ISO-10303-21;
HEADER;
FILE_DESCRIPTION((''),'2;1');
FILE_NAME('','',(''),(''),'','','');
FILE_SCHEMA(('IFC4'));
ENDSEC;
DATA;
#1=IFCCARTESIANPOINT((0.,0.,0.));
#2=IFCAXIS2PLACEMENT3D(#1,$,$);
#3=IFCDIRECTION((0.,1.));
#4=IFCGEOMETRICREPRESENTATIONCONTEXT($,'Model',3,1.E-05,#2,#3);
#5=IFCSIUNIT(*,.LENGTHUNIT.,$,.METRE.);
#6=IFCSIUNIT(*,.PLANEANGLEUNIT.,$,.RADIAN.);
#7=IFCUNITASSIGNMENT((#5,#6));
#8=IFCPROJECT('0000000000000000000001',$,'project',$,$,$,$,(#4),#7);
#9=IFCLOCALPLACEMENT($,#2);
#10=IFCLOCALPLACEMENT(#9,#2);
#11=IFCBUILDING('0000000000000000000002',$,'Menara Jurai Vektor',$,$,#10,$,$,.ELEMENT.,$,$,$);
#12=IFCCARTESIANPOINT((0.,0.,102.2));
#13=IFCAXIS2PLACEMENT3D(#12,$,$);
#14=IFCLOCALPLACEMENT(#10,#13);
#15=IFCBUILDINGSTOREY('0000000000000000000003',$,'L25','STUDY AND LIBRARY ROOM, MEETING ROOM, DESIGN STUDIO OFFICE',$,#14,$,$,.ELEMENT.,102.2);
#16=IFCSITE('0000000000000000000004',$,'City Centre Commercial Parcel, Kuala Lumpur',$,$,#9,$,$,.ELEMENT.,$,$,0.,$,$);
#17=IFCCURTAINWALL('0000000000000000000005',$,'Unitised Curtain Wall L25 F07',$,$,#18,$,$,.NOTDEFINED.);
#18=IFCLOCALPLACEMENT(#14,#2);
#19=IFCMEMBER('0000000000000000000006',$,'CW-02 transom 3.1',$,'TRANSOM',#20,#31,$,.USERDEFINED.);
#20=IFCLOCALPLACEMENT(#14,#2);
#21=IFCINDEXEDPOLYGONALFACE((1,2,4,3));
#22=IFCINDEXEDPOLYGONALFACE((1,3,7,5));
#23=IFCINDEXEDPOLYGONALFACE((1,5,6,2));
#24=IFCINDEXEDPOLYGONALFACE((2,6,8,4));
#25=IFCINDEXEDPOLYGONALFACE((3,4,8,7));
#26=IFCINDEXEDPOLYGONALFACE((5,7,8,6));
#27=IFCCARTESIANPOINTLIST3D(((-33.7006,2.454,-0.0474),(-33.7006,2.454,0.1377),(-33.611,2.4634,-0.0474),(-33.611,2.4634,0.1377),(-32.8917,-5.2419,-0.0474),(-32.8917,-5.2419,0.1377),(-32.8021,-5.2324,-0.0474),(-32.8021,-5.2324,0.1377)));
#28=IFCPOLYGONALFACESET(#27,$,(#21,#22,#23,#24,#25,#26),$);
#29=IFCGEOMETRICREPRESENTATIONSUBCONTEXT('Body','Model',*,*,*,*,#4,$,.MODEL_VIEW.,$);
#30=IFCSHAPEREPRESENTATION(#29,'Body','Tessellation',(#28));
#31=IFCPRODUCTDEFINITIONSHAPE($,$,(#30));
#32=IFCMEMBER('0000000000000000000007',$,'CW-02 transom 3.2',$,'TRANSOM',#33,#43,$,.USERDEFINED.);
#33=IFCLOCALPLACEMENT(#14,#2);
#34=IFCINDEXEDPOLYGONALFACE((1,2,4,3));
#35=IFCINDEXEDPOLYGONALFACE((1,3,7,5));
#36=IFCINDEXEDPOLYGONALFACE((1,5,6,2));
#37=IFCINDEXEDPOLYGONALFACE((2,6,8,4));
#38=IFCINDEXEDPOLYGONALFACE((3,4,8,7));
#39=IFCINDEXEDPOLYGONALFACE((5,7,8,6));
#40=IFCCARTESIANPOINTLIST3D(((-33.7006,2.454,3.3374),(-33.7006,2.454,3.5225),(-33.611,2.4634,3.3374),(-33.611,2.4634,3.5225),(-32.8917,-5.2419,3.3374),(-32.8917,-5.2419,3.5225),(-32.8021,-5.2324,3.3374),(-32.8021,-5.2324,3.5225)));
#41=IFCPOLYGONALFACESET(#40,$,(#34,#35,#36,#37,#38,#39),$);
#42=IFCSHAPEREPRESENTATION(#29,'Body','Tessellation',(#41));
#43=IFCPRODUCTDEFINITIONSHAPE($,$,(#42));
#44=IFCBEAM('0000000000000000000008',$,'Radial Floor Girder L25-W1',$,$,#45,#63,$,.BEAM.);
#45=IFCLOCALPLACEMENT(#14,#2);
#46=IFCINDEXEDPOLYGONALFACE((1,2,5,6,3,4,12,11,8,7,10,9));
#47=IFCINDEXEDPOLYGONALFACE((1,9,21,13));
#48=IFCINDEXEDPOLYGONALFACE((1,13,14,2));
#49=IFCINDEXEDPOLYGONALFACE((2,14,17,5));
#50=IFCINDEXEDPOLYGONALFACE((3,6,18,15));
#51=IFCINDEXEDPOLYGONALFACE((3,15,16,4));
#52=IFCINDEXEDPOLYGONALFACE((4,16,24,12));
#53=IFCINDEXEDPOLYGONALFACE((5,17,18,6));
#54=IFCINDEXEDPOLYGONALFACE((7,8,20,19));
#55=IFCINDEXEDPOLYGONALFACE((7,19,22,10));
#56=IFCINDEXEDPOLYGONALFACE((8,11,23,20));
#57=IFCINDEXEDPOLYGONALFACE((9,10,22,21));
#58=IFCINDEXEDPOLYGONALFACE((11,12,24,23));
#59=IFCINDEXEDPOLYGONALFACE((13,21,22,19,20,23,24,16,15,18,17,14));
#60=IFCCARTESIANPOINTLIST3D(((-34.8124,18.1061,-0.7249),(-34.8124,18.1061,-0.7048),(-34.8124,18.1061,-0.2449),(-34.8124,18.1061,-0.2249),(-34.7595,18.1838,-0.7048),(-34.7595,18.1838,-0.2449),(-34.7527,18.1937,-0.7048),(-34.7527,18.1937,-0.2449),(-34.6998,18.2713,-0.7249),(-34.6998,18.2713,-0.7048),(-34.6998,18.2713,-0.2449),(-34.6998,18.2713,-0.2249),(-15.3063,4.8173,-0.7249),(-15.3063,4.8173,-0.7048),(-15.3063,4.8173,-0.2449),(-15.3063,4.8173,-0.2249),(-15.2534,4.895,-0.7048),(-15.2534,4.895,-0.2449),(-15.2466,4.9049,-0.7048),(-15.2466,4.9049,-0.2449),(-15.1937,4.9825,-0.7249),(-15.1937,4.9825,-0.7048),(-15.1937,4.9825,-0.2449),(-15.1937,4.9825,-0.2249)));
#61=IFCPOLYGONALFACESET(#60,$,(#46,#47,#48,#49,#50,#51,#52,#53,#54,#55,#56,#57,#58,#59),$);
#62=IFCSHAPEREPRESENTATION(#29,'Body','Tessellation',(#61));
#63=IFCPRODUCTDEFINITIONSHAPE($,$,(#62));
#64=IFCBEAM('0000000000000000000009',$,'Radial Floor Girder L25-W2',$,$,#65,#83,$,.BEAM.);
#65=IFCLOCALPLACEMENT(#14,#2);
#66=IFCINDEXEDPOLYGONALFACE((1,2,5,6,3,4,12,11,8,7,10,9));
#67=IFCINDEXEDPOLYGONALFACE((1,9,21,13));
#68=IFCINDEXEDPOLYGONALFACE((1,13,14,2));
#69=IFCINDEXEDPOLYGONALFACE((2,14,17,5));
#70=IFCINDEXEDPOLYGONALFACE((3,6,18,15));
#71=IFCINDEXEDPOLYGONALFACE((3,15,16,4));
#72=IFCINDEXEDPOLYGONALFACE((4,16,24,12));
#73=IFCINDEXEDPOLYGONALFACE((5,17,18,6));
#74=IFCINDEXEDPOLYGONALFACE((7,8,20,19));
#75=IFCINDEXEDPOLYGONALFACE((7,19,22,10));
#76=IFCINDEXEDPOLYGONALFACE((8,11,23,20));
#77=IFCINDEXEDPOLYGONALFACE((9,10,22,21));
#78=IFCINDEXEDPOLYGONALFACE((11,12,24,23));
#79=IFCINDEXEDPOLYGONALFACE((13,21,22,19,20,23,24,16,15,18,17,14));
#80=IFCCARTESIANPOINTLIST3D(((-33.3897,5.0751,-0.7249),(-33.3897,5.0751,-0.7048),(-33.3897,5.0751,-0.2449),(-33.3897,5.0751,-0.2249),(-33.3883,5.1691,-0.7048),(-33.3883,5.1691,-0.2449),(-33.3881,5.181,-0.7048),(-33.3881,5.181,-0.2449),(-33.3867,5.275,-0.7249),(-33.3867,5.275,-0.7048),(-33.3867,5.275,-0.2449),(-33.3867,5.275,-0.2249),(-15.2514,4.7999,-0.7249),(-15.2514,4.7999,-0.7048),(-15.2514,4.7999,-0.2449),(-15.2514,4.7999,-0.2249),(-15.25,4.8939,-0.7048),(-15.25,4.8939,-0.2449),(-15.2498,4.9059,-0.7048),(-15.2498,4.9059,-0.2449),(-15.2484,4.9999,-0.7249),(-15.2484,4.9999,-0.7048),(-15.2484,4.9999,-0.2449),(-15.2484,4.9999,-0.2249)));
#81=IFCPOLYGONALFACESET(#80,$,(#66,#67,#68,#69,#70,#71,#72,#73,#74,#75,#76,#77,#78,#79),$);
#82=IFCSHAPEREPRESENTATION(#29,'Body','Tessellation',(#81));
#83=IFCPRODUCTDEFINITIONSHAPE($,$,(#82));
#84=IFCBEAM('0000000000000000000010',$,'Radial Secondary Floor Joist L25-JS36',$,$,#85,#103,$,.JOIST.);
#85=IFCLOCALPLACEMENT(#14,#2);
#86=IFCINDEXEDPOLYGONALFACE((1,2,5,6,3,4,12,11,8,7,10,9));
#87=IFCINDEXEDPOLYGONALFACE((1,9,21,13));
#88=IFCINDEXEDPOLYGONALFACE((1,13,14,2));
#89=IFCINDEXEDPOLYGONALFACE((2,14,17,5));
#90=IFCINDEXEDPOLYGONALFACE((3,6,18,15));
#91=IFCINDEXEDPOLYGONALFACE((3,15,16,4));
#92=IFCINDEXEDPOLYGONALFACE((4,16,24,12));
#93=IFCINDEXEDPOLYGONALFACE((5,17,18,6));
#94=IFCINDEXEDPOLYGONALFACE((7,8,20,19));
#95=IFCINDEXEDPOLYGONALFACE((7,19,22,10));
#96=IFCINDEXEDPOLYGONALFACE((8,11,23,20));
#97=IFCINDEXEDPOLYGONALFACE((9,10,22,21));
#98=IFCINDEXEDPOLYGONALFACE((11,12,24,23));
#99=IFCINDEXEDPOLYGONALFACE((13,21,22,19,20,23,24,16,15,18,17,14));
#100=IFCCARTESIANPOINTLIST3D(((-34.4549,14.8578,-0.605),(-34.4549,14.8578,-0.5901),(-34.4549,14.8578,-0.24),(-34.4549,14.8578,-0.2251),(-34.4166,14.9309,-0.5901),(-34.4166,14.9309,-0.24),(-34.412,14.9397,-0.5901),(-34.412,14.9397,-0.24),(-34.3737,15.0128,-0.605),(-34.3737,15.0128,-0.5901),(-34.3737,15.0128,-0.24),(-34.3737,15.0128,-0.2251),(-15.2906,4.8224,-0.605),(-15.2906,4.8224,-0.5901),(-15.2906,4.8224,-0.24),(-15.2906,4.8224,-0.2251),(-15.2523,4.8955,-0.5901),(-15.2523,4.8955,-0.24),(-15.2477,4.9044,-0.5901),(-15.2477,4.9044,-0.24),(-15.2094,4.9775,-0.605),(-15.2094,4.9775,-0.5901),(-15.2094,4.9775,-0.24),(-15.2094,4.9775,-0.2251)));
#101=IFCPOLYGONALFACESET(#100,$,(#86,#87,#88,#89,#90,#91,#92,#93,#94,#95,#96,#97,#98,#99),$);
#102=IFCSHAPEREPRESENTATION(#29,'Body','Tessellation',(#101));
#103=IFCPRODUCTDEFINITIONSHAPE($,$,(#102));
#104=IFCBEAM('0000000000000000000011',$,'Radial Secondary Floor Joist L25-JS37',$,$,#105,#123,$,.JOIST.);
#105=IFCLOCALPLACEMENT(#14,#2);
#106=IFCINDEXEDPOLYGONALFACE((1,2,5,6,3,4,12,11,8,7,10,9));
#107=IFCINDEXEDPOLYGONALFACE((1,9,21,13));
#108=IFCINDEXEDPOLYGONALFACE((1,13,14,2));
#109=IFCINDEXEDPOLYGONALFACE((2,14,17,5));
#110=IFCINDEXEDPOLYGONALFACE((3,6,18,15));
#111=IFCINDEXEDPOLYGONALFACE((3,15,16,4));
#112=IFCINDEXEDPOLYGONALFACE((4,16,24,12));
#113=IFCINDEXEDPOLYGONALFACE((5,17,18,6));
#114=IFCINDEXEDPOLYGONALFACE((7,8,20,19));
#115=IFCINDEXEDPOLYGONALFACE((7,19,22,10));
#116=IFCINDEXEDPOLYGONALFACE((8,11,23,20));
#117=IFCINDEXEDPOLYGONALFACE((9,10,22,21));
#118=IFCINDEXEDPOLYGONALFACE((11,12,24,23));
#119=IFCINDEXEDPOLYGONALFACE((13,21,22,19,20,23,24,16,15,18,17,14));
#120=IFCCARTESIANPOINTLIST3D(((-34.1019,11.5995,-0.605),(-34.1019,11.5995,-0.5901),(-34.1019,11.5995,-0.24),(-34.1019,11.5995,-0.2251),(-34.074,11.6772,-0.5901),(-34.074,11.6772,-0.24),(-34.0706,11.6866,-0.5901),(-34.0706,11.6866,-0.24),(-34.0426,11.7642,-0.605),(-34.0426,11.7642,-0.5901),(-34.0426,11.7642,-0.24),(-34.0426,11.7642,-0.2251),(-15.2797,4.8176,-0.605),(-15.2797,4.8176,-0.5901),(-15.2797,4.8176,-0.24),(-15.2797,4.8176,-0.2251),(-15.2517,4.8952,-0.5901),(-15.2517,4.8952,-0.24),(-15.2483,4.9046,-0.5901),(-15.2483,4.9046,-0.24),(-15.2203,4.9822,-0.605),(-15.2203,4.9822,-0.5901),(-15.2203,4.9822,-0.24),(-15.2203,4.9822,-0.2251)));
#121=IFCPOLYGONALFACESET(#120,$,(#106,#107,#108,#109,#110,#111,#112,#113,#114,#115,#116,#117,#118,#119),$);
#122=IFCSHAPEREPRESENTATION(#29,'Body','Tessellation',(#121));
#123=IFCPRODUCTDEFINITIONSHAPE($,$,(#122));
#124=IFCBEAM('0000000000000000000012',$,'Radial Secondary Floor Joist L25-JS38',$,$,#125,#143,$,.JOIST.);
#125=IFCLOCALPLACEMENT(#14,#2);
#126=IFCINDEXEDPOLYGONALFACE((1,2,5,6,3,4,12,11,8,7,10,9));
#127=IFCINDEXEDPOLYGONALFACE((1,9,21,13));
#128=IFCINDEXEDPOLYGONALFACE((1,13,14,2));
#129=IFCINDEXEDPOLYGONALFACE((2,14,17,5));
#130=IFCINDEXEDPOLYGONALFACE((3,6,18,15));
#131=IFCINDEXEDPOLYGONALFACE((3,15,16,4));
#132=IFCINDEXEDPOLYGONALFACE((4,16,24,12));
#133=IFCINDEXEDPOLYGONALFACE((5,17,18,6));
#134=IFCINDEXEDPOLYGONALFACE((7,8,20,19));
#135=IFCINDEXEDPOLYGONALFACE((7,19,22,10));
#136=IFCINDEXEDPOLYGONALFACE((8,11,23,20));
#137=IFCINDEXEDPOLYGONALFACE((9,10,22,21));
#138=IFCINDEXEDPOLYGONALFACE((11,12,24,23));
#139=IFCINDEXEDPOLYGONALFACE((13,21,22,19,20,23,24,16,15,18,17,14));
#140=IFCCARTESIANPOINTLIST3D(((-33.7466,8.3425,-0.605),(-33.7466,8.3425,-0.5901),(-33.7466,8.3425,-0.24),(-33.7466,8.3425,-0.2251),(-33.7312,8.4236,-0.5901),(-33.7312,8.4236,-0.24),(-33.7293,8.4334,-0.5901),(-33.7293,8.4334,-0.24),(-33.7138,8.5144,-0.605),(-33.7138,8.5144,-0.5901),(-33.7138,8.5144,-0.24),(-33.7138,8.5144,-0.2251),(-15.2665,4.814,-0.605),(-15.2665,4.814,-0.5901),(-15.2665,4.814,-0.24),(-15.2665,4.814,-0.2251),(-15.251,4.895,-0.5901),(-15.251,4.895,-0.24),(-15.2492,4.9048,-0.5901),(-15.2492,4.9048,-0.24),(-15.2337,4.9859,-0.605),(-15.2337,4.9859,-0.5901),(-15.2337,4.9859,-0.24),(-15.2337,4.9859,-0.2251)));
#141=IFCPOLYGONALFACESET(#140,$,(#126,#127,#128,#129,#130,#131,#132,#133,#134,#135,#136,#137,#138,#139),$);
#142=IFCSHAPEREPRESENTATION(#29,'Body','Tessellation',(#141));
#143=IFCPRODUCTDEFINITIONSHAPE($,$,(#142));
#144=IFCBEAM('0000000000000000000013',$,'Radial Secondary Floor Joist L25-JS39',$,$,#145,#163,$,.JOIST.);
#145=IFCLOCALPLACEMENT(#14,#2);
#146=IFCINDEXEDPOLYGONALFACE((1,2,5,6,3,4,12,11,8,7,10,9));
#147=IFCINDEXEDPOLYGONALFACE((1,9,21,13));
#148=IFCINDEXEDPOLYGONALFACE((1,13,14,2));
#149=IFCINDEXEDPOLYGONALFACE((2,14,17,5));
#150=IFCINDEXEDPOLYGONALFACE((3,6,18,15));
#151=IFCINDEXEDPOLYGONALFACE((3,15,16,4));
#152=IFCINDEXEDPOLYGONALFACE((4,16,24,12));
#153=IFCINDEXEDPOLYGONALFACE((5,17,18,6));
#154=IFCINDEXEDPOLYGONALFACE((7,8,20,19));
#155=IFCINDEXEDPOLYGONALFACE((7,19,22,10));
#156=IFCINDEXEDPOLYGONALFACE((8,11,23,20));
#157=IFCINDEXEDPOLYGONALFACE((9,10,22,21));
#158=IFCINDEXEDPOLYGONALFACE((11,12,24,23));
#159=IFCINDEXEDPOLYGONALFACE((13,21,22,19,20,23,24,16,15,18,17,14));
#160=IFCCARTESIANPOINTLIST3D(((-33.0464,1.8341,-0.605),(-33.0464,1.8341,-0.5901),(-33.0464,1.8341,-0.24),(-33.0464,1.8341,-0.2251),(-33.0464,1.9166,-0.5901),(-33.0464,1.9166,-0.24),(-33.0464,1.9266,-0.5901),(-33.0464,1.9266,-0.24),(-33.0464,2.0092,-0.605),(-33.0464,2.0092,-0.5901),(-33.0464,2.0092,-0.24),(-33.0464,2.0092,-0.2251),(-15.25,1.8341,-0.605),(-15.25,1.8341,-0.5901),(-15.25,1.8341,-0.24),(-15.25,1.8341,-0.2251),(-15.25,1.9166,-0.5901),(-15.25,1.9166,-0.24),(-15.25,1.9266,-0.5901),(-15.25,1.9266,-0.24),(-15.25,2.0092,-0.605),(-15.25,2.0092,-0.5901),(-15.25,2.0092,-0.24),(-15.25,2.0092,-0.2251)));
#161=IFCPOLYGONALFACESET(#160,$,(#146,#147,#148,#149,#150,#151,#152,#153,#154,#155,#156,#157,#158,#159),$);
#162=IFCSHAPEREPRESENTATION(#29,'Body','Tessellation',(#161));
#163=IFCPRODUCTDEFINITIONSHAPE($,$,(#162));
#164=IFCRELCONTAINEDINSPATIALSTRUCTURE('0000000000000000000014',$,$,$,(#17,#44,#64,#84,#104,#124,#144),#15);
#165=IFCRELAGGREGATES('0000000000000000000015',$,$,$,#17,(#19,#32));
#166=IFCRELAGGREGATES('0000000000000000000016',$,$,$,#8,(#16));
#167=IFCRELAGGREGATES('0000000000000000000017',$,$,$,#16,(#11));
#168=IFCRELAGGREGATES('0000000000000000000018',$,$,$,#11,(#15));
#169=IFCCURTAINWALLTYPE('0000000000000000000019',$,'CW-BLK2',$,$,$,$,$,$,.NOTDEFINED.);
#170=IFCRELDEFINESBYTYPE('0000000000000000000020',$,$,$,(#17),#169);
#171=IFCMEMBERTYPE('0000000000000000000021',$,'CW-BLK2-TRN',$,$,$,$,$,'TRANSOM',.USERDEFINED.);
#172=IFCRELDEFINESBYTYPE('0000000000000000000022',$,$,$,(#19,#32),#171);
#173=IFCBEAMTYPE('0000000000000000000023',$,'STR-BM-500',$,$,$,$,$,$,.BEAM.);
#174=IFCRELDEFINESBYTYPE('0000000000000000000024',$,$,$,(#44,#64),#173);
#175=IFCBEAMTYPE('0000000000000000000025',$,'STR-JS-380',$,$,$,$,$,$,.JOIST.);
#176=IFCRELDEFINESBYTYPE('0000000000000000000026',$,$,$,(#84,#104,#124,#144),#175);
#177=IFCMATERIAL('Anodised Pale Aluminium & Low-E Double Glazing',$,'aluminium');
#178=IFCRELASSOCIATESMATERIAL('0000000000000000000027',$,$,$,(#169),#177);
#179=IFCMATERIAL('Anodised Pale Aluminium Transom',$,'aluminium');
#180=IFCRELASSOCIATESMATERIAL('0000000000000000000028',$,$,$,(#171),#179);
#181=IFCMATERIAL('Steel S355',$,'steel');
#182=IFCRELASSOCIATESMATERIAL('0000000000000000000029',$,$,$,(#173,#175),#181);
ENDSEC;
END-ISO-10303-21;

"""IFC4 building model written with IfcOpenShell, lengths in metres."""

from ifc_helpers import new_model, si_unit, direction, frame, origin, origin_2d, place, context, subcontext, project, spatial, rectangle, i_section, extrude, material, material_profile, profile_set, type_object, element, aggregate, save


model = new_model("IFC4")

# Units and contexts
model_context = context("Model", 3, precision=1e-05, world=origin(), true_north=direction((0.0, 1.0)))
body_context = subcontext(model_context, "Body", "Model", "MODEL_VIEW")
ifc_project = project(units=[si_unit("LENGTHUNIT", "METRE"), si_unit("PLANEANGLEUNIT", "RADIAN")], contexts=[model_context])

# Site, building, storey
site_placement = place(None, origin())
site = spatial("IfcSite", under=ifc_project, at=site_placement, Name="City Centre Commercial Parcel, Kuala Lumpur", CompositionType="ELEMENT", RefElevation=0.0)
building_placement = place(site_placement, origin())
building = spatial("IfcBuilding", under=site, at=building_placement, Name="Menara Jurai Vektor", CompositionType="ELEMENT")
storey_placement = place(building_placement, frame((0.0, 0.0, 102.2)))
storey = spatial("IfcBuildingStorey", under=building, at=storey_placement, Name="L25", Description="STUDY AND LIBRARY ROOM, MEETING ROOM, DESIGN STUDIO OFFICE", CompositionType="ELEMENT", Elevation=102.2)

# Curtain wall, members
ifc_material_1 = material(Name="Anodised Pale Aluminium & Low-E Double Glazing", Category="aluminium")
curtain_wall_type = type_object("IfcCurtainWallType", Name="CW-BLK2", PredefinedType="NOTDEFINED", material=ifc_material_1)
curtain_wall_placement = place(storey_placement, origin())
curtain_wall = element("IfcCurtainWall", 1, at=curtain_wall_placement, inside=storey, type_object=curtain_wall_type, Name="Unitised Curtain Wall L25 F07", PredefinedType="NOTDEFINED")
ifc_material_2 = material(Name="Anodised Pale Aluminium Transom", Category="aluminium")
ifc_material_profile_1 = material_profile(ifc_material_2, rectangle(XDim=0.0901, YDim=0.1851, at=origin_2d()), Name="ALU TRN 90x185")
ifc_profile_set_1 = profile_set([ifc_material_profile_1], Name="Anodised Pale Aluminium Transom")
member_type_1 = type_object("IfcMemberType", Name="CW-BLK2-TRN", ElementType="TRANSOM", PredefinedType="USERDEFINED", material=ifc_profile_set_1)
member_1_placement = place(storey_placement, frame((-33.6558, 2.4587, 0.0452), z_axis=(0.104525, -0.994522, 0.0), x_axis=(0.994522, 0.104525, 0.0)))
member_1 = element("IfcMember", 2, at=member_1_placement, type_object=member_type_1, Name="CW-02 transom 3.1", ObjectType="TRANSOM", PredefinedType="USERDEFINED", context=body_context, shape_type="SweptSolid", body=[
    extrude(rectangle(XDim=0.0901, YDim=0.1851, at=origin_2d()), origin(), (0.0, 0.0, 1.0), 7.7383),
])
member_2_placement = place(storey_placement, frame((-33.6558, 2.4587, 3.4299), z_axis=(0.104525, -0.994522, 0.0), x_axis=(0.994522, 0.104525, 0.0)))
member_2 = element("IfcMember", 3, at=member_2_placement, type_object=member_type_1, Name="CW-02 transom 3.2", ObjectType="TRANSOM", PredefinedType="USERDEFINED", context=body_context, shape_type="SweptSolid", body=[
    extrude(rectangle(XDim=0.0901, YDim=0.1851, at=origin_2d()), origin(), (0.0, 0.0, 1.0), 7.7383),
])

# Beams
ifc_material_3 = material(Name="Steel S355", Category="steel")
ifc_material_profile_2 = material_profile(ifc_material_3, i_section(OverallWidth=0.2, OverallDepth=0.5, WebThickness=0.012, FlangeThickness=0.02, at=origin_2d()), Name="PG 500x200x96")
ifc_profile_set_2 = profile_set([ifc_material_profile_2], Name="Steel S355")
beam_type_1 = type_object("IfcBeamType", Name="STR-BM-500", PredefinedType="BEAM", material=ifc_profile_set_2)
beam_1_placement = place(storey_placement, frame((-34.7561, 18.1887, -0.4749), z_axis=(0.82644, -0.563024, 0.0), x_axis=(0.563024, 0.82644, 0.0)))
element("IfcBeam", 4, at=beam_1_placement, inside=storey, type_object=beam_type_1, Name="Radial Floor Girder L25-W1", PredefinedType="BEAM", context=body_context, shape_type="SweptSolid", body=[
    extrude(i_section(OverallWidth=0.2, OverallDepth=0.5, WebThickness=0.012, FlangeThickness=0.02, at=origin_2d()), origin(), (0.0, 0.0, 1.0), 23.6025),
])
beam_2_placement = place(storey_placement, frame((-33.3882, 5.175, -0.4749), z_axis=(0.999885, -0.015168, 0.0), x_axis=(0.015168, 0.999885, 0.0)))
element("IfcBeam", 5, at=beam_2_placement, inside=storey, type_object=beam_type_1, Name="Radial Floor Girder L25-W2", PredefinedType="BEAM", context=body_context, shape_type="SweptSolid", body=[
    extrude(i_section(OverallWidth=0.2, OverallDepth=0.5, WebThickness=0.012, FlangeThickness=0.02, at=origin_2d()), origin(), (0.0, 0.0, 1.0), 18.1404),
])
ifc_material_profile_3 = material_profile(ifc_material_3, i_section(OverallWidth=0.175, OverallDepth=0.3799, WebThickness=0.01, FlangeThickness=0.0149, at=origin_2d()), Name="PG 380x175x58")
ifc_profile_set_3 = profile_set([ifc_material_profile_3], Name="Steel S355")
beam_type_2 = type_object("IfcBeamType", Name="STR-JS-380", PredefinedType="JOIST", material=ifc_profile_set_3)
beam_3_placement = place(storey_placement, frame((-34.4143, 14.9353, -0.415), z_axis=(0.885889, -0.463897, 0.0), x_axis=(0.463897, 0.885889, 0.0)))
element("IfcBeam", 6, at=beam_3_placement, inside=storey, type_object=beam_type_2, Name="Radial Secondary Floor Joist L25-JS36", PredefinedType="JOIST", context=body_context, shape_type="SweptSolid", body=[
    extrude(i_section(OverallWidth=0.175, OverallDepth=0.3799, WebThickness=0.01, FlangeThickness=0.0149, at=origin_2d()), origin(), (0.0, 0.0, 1.0), 21.6328),
])
beam_4_placement = place(storey_placement, frame((-34.0723, 11.6819, -0.415), z_axis=(0.940792, -0.338983, 0.0), x_axis=(0.338983, 0.940792, 0.0)))
element("IfcBeam", 7, at=beam_4_placement, inside=storey, type_object=beam_type_2, Name="Radial Secondary Floor Joist L25-JS37", PredefinedType="JOIST", context=body_context, shape_type="SweptSolid", body=[
    extrude(i_section(OverallWidth=0.175, OverallDepth=0.3799, WebThickness=0.01, FlangeThickness=0.0149, at=origin_2d()), origin(), (0.0, 0.0, 1.0), 20.0068),
])
beam_5_placement = place(storey_placement, frame((-33.7302, 8.4285, -0.415), z_axis=(0.982255, -0.187549, 0.0), x_axis=(0.187549, 0.982255, 0.0)))
element("IfcBeam", 8, at=beam_5_placement, inside=storey, type_object=beam_type_2, Name="Radial Secondary Floor Joist L25-JS38", PredefinedType="JOIST", context=body_context, shape_type="SweptSolid", body=[
    extrude(i_section(OverallWidth=0.175, OverallDepth=0.3799, WebThickness=0.01, FlangeThickness=0.0149, at=origin_2d()), origin(), (0.0, 0.0, 1.0), 18.814),
])
beam_6_placement = place(storey_placement, frame((-33.0464, 1.9216, -0.415), z_axis=(1.0, 0.0, 0.0), x_axis=(0.0, 1.0, 0.0)))
element("IfcBeam", 9, at=beam_6_placement, inside=storey, type_object=beam_type_2, Name="Radial Secondary Floor Joist L25-JS39", PredefinedType="JOIST", context=body_context, shape_type="SweptSolid", body=[
    extrude(i_section(OverallWidth=0.175, OverallDepth=0.3799, WebThickness=0.01, FlangeThickness=0.0149, at=origin_2d()), origin(), (0.0, 0.0, 1.0), 17.7964),
])

aggregate(curtain_wall, [member_1, member_2])

save(model, "model.ifc")
